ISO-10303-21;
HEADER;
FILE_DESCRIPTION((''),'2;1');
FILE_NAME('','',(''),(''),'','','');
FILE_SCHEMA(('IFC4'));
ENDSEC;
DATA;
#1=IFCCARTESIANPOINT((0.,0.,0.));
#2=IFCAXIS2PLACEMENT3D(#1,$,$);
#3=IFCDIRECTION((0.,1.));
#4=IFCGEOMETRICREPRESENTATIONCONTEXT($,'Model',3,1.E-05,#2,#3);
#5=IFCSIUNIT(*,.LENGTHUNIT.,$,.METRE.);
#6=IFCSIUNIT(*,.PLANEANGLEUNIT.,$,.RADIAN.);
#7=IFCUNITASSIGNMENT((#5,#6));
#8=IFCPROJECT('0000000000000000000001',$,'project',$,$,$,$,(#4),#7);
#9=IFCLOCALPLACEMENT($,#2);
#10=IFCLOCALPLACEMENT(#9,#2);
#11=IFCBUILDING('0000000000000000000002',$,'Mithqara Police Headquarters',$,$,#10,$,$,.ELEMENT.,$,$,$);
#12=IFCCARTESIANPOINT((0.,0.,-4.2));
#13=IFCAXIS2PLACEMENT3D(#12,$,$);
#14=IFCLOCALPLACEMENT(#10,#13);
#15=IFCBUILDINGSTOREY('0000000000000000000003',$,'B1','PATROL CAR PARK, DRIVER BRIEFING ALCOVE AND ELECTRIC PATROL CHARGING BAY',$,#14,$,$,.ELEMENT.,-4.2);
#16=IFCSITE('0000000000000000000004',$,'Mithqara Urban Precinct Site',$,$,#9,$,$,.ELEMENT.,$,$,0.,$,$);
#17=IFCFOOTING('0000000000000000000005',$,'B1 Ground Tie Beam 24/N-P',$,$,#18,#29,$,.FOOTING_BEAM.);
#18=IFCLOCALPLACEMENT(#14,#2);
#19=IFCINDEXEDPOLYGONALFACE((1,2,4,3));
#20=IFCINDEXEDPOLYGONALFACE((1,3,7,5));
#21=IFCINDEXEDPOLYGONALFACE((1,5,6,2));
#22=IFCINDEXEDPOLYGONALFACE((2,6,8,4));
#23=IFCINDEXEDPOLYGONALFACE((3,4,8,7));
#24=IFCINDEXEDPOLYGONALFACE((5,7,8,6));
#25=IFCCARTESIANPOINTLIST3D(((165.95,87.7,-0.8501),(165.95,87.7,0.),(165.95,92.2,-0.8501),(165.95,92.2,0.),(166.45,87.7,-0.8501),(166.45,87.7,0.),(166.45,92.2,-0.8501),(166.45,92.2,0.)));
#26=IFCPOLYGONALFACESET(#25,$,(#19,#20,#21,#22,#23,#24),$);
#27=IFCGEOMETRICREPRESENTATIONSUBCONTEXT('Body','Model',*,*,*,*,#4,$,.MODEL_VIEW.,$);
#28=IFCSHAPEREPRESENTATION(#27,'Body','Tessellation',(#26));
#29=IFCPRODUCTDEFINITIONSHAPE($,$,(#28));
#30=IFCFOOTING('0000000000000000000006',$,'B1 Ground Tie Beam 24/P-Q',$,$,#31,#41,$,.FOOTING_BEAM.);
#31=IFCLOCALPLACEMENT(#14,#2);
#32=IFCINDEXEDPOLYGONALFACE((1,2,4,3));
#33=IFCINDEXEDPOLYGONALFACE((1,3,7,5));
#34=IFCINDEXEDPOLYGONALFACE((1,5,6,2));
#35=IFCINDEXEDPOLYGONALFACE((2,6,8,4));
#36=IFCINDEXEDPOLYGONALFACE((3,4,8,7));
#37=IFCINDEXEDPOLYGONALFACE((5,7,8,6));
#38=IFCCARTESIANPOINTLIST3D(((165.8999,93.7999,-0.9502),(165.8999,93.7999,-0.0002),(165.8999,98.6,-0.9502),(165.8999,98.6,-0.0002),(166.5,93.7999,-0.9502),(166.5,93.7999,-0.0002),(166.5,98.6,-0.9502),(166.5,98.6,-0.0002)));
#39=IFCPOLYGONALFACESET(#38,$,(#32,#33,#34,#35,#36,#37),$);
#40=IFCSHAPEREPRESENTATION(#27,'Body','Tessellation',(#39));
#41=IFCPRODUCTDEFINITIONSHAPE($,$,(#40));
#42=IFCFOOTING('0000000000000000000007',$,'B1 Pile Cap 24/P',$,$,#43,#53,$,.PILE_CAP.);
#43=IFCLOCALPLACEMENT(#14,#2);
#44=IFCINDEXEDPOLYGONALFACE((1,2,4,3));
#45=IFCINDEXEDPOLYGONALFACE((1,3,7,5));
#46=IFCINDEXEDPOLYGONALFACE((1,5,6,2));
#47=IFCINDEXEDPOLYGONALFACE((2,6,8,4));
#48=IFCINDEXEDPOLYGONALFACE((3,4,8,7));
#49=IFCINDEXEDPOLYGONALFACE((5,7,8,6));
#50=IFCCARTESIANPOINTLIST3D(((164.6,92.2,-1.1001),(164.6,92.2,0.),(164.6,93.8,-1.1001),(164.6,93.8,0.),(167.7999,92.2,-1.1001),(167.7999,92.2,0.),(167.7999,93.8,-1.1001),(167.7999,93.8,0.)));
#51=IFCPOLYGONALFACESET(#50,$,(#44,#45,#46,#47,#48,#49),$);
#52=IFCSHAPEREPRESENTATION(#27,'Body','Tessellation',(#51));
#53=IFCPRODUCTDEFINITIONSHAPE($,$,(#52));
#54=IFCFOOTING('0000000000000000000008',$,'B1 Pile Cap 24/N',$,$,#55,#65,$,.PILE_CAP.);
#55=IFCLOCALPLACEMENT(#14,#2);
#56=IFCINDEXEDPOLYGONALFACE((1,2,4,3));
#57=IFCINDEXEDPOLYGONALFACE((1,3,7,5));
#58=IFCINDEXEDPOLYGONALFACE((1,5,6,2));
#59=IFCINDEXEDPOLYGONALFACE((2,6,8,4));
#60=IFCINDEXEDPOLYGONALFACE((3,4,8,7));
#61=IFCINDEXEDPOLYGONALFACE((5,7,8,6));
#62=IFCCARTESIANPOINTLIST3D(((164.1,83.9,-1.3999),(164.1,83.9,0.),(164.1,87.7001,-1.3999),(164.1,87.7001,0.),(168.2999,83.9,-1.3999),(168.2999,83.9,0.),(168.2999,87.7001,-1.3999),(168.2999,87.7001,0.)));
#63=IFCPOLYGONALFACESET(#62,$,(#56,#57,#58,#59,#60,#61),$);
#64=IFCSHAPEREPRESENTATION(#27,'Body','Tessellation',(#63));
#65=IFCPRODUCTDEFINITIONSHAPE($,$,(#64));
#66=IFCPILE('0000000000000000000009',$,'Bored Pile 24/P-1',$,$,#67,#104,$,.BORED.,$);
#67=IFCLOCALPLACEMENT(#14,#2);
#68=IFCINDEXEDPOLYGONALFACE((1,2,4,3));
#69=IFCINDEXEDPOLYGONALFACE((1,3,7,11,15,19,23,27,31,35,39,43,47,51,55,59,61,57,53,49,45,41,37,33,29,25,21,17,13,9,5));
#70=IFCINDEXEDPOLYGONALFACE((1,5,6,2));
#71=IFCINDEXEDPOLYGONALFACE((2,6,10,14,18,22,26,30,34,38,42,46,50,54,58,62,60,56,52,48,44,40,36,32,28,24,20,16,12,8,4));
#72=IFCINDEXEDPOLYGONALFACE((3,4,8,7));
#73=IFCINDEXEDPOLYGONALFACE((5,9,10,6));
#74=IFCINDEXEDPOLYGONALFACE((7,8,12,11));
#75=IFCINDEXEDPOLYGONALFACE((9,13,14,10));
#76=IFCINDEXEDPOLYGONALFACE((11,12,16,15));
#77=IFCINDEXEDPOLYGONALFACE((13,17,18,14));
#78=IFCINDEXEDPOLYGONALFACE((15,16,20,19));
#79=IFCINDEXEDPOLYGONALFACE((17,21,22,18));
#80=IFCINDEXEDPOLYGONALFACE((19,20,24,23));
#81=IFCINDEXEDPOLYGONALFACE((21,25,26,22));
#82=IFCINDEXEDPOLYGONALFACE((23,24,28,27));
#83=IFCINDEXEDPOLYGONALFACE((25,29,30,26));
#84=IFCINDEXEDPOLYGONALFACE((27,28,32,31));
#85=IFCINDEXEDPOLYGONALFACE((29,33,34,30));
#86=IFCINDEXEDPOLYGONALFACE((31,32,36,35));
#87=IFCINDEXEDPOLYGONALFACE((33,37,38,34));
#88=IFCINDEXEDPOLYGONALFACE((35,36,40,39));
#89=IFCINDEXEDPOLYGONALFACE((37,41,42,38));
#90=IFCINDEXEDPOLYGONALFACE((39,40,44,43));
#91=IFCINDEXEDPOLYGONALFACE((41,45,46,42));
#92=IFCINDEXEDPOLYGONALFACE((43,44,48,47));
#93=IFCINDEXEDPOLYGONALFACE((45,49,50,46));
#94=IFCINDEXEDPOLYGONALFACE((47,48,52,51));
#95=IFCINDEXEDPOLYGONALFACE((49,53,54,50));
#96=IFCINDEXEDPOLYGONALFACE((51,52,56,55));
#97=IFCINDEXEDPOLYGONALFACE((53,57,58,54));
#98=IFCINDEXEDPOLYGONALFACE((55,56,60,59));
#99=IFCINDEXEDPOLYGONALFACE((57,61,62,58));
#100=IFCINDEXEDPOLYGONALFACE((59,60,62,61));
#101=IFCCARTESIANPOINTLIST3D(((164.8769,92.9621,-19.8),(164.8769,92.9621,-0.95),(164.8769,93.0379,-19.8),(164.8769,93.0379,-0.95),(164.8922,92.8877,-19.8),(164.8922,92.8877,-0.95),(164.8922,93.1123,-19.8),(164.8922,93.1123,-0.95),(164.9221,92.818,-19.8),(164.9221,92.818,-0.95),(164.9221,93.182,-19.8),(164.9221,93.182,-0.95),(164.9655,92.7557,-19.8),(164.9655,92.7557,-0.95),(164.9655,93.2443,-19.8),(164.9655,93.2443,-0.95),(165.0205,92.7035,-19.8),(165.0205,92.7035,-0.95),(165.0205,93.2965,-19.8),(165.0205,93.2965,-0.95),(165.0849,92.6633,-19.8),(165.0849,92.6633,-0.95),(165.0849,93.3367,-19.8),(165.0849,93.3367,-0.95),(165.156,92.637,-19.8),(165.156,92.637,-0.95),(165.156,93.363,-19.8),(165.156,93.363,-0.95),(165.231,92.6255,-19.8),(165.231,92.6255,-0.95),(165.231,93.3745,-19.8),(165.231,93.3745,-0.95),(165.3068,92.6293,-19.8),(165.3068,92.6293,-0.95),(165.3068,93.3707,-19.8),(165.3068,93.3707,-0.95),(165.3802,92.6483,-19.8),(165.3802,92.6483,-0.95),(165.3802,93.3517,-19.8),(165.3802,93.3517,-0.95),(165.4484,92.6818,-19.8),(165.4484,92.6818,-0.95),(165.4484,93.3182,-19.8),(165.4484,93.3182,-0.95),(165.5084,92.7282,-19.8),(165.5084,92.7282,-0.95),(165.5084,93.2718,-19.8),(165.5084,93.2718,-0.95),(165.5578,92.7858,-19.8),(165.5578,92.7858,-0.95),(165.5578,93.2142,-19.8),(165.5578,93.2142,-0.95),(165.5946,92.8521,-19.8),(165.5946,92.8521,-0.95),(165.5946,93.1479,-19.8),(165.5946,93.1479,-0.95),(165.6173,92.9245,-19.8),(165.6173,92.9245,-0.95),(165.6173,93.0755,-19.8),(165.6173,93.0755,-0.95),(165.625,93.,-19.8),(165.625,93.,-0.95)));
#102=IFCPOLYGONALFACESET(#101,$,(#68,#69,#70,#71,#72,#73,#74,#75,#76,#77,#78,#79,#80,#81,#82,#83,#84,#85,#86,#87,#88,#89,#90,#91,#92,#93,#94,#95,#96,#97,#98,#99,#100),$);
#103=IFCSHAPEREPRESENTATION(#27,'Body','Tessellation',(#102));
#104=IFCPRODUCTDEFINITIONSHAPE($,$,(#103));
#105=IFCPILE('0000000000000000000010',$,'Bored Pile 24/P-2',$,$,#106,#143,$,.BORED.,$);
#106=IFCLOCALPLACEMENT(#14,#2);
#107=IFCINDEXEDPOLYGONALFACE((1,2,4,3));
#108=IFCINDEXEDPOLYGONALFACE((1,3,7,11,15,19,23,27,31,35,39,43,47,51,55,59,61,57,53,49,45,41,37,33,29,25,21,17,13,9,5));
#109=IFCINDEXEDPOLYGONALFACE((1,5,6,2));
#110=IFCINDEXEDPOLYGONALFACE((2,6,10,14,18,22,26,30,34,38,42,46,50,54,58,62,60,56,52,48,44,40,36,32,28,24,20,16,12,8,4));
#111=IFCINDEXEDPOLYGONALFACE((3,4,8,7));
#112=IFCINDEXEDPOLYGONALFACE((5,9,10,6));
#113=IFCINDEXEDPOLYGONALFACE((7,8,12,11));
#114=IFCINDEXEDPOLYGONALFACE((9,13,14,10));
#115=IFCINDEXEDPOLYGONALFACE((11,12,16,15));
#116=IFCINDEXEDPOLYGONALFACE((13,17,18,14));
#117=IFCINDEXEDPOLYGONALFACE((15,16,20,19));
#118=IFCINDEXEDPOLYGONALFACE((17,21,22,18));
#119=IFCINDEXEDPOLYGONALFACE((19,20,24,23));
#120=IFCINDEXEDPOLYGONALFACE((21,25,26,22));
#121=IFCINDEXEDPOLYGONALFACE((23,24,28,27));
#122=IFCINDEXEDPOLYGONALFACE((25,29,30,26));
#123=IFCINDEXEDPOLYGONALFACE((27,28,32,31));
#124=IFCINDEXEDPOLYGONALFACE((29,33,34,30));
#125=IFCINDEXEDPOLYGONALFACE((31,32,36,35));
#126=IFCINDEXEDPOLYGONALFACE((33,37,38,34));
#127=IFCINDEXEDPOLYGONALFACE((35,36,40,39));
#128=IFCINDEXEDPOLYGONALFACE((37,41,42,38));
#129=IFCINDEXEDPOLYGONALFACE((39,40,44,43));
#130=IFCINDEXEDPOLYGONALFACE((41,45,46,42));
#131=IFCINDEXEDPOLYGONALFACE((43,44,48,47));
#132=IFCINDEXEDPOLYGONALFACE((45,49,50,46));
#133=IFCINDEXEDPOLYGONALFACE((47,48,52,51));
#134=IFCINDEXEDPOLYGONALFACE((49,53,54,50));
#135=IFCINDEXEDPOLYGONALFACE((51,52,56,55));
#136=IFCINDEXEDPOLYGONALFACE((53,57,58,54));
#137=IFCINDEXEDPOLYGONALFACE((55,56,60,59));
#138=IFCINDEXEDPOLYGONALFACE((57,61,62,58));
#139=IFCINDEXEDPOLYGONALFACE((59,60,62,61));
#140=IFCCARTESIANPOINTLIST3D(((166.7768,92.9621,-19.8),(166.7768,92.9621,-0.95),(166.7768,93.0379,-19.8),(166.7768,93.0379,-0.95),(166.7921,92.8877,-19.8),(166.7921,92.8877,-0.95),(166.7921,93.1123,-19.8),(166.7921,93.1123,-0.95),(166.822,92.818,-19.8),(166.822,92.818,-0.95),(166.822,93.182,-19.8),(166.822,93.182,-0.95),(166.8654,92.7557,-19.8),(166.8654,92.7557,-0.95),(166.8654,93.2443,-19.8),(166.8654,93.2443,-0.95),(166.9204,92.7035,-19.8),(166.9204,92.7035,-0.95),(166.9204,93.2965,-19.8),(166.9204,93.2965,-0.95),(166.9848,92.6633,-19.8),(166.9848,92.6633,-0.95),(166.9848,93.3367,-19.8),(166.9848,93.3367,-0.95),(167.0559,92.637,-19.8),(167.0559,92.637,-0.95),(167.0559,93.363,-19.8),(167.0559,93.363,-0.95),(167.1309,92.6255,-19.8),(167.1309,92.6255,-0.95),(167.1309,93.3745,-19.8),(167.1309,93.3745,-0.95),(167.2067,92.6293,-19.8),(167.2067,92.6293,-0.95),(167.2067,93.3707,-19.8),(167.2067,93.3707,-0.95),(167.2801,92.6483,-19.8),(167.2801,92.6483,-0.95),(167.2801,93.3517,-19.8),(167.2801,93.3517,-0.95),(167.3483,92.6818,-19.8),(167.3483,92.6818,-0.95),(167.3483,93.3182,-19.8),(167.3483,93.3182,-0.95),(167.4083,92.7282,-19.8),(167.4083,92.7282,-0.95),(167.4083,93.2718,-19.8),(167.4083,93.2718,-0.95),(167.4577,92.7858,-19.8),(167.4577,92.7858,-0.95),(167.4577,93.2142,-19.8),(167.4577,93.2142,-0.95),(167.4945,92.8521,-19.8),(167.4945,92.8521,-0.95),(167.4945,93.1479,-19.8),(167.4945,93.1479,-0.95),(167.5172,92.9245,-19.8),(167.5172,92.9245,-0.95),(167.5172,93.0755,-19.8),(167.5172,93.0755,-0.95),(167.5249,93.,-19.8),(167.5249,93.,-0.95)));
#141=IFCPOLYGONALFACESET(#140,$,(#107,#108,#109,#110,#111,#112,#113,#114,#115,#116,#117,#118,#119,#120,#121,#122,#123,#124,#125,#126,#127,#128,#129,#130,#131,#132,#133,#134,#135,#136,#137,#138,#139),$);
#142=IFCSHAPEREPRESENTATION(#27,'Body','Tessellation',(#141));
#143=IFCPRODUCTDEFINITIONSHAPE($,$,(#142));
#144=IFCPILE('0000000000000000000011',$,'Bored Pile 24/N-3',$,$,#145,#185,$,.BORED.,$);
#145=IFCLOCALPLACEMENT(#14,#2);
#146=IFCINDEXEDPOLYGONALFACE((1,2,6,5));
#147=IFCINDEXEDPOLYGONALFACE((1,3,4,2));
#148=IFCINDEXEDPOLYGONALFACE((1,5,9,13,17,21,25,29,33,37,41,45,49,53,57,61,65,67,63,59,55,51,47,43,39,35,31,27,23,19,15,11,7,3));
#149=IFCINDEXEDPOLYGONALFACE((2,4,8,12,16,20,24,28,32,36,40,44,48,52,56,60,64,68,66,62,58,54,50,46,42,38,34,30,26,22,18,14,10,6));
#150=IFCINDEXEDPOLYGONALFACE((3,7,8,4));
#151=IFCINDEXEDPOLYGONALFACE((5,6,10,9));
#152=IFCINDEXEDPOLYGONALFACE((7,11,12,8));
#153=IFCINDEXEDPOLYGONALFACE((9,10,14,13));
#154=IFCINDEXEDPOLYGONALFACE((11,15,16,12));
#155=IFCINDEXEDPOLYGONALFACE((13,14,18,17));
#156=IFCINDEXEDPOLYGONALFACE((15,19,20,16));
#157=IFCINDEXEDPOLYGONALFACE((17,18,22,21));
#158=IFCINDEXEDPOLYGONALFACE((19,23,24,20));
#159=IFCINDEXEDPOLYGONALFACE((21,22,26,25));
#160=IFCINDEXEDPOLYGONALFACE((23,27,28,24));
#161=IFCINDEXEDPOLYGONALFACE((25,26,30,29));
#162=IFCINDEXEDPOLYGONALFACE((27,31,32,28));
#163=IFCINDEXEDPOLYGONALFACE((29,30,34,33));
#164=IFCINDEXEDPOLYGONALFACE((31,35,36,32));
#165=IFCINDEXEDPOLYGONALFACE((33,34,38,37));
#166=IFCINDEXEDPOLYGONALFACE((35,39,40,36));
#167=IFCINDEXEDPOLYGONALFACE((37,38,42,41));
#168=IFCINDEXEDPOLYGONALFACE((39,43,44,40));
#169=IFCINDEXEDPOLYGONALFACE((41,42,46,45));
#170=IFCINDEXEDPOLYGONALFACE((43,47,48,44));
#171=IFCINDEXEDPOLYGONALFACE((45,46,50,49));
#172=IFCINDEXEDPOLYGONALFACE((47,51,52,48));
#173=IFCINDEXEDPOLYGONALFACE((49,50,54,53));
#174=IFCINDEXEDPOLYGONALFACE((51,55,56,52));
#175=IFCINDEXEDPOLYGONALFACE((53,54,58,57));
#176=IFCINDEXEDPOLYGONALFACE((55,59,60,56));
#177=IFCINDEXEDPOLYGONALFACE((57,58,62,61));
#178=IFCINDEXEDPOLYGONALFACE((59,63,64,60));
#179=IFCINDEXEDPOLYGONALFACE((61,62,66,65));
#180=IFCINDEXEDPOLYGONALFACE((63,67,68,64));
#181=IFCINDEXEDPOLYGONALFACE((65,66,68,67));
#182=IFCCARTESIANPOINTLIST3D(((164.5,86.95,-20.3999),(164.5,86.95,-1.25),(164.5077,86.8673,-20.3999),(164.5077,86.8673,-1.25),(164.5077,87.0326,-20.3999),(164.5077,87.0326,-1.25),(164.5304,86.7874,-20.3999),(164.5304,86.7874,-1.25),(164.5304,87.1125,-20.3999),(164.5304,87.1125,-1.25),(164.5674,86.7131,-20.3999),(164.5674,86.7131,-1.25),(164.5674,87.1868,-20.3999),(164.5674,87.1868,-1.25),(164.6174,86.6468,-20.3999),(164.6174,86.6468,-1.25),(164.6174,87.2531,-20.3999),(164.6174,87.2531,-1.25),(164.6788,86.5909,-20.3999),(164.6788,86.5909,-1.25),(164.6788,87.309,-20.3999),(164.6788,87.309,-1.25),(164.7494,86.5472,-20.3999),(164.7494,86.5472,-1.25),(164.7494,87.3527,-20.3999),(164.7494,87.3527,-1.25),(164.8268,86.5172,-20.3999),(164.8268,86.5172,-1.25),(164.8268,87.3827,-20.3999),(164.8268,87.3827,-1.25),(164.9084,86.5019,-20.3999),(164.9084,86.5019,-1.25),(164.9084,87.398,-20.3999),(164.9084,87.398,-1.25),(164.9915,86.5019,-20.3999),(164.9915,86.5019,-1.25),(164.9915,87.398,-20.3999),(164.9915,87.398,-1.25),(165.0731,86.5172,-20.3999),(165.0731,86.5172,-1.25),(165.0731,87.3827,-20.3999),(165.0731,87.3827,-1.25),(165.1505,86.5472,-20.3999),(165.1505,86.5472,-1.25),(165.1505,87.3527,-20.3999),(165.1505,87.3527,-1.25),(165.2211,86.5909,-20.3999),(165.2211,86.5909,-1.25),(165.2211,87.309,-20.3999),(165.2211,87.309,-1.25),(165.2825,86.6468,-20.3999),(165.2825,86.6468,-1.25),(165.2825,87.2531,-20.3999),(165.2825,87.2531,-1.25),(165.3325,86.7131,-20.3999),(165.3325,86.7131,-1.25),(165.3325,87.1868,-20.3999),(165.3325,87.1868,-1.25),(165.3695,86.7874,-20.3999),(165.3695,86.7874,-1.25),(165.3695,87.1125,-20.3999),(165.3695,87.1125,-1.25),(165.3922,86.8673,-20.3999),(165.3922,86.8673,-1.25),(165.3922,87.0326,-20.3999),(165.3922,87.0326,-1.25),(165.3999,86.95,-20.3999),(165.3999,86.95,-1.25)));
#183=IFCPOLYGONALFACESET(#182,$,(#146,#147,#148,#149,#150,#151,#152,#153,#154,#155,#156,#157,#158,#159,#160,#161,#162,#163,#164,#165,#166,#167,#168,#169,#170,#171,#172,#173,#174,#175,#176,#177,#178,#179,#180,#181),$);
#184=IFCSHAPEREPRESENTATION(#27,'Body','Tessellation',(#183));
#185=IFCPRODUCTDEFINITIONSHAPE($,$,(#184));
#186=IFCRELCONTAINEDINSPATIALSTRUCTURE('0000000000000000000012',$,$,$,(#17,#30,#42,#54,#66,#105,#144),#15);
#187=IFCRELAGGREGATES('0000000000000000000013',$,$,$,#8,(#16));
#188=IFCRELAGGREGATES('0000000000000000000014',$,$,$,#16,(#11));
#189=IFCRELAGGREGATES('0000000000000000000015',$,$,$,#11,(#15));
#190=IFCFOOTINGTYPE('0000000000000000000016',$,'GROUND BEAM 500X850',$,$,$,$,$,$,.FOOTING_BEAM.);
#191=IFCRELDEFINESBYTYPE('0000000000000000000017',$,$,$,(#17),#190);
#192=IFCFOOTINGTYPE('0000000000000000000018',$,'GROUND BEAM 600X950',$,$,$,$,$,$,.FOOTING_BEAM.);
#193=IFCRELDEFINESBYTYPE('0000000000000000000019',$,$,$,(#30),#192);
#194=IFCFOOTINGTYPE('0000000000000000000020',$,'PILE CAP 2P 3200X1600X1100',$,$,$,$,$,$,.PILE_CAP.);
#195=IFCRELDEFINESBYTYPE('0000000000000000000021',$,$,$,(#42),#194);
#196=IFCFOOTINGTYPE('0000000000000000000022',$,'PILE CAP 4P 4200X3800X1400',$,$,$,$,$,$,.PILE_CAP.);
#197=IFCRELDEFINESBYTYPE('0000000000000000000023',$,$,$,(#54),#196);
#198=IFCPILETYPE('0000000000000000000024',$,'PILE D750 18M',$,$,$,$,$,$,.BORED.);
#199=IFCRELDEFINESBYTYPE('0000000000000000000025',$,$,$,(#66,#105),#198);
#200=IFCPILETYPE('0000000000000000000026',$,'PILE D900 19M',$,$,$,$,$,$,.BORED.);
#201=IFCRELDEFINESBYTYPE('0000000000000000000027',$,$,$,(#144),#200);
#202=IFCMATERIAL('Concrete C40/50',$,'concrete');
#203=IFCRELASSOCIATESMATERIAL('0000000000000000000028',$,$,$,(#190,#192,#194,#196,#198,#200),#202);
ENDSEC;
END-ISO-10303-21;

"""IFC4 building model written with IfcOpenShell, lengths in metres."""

from ifc_helpers import new_model, si_unit, direction, frame, origin, origin_2d, place, context, subcontext, project, spatial, rectangle, circle, extrude, material, material_profile, profile_set, type_object, element, save


model = new_model("IFC4")

# Units and contexts
model_context = context("Model", 3, precision=1e-05, world=origin(), true_north=direction((0.0, 1.0)))
body_context = subcontext(model_context, "Body", "Model", "MODEL_VIEW")
ifc_project = project(units=[si_unit("LENGTHUNIT", "METRE"), si_unit("PLANEANGLEUNIT", "RADIAN")], contexts=[model_context])

# Site, building, storey
site_placement = place(None, origin())
site = spatial("IfcSite", under=ifc_project, at=site_placement, Name="Mithqara Urban Precinct Site", CompositionType="ELEMENT", RefElevation=0.0)
building_placement = place(site_placement, origin())
building = spatial("IfcBuilding", under=site, at=building_placement, Name="Mithqara Police Headquarters", CompositionType="ELEMENT")
storey_placement = place(building_placement, frame((0.0, 0.0, -4.2)))
storey = spatial("IfcBuildingStorey", under=building, at=storey_placement, Name="B1", Description="PATROL CAR PARK, DRIVER BRIEFING ALCOVE AND ELECTRIC PATROL CHARGING BAY", CompositionType="ELEMENT", Elevation=-4.2)

# Footings
ifc_material_1 = material(Name="Concrete C40/50", Category="concrete")
footing_type_1 = type_object("IfcFootingType", Name="GROUND BEAM 500X850", PredefinedType="FOOTING_BEAM", material=ifc_material_1)
footing_1_placement = place(storey_placement, frame((166.2, 89.95, -0.8501), z_axis=(0.0, 0.0, 1.0), x_axis=(1.0, 0.0, 0.0)))
element("IfcFooting", 1, at=footing_1_placement, inside=storey, type_object=footing_type_1, Name="B1 Ground Tie Beam 24/N-P", PredefinedType="FOOTING_BEAM", context=body_context, shape_type="SweptSolid", body=[
    extrude(rectangle(XDim=0.5, YDim=4.5, at=origin_2d()), origin(), (0.0, 0.0, 1.0), 0.8501),
])
footing_type_2 = type_object("IfcFootingType", Name="GROUND BEAM 600X950", PredefinedType="FOOTING_BEAM", material=ifc_material_1)
footing_2_placement = place(storey_placement, frame((166.2, 96.2, -0.9502), z_axis=(0.0, 0.0, 1.0), x_axis=(1.0, 0.0, 0.0)))
element("IfcFooting", 2, at=footing_2_placement, inside=storey, type_object=footing_type_2, Name="B1 Ground Tie Beam 24/P-Q", PredefinedType="FOOTING_BEAM", context=body_context, shape_type="SweptSolid", body=[
    extrude(rectangle(XDim=0.6001, YDim=4.8, at=origin_2d()), origin(), (0.0, 0.0, 1.0), 0.95),
])
footing_type_3 = type_object("IfcFootingType", Name="PILE CAP 2P 3200X1600X1100", PredefinedType="PILE_CAP", material=ifc_material_1)
footing_3_placement = place(storey_placement, frame((166.2, 93.0, -1.1001), z_axis=(0.0, 0.0, 1.0), x_axis=(1.0, 0.0, 0.0)))
element("IfcFooting", 3, at=footing_3_placement, inside=storey, type_object=footing_type_3, Name="B1 Pile Cap 24/P", PredefinedType="PILE_CAP", context=body_context, shape_type="SweptSolid", body=[
    extrude(rectangle(XDim=3.2, YDim=1.6001, at=origin_2d()), origin(), (0.0, 0.0, 1.0), 1.1001),
])
footing_type_4 = type_object("IfcFootingType", Name="PILE CAP 4P 4200X3800X1400", PredefinedType="PILE_CAP", material=ifc_material_1)
footing_4_placement = place(storey_placement, frame((166.2, 85.8, -1.3999), z_axis=(0.0, 0.0, 1.0), x_axis=(1.0, 0.0, 0.0)))
element("IfcFooting", 4, at=footing_4_placement, inside=storey, type_object=footing_type_4, Name="B1 Pile Cap 24/N", PredefinedType="PILE_CAP", context=body_context, shape_type="SweptSolid", body=[
    extrude(rectangle(XDim=4.2, YDim=3.8, at=origin_2d()), origin(), (0.0, 0.0, 1.0), 1.3999),
])

# Piles
ifc_material_profile_1 = material_profile(ifc_material_1, circle(Radius=0.375, at=origin_2d()), Name="PILE D750")
ifc_profile_set_1 = profile_set([ifc_material_profile_1], Name="Concrete C40/50")
pile_type_1 = type_object("IfcPileType", Name="PILE D750 18M", PredefinedType="BORED", material=ifc_profile_set_1)
for number, where, z_axis, x_axis, name in (
    (5, (165.25, 93.0, -0.95), (0.0, 0.0, -1.0), (1.0, 0.0, 0.0), "Bored Pile 24/P-1"),
    (6, (167.1499, 93.0, -0.95), (0.0, 0.0, -1.0), (1.0, 0.0, 0.0), "Bored Pile 24/P-2"),
):
    element("IfcPile", number, at=place(storey_placement, frame(where, z_axis=z_axis, x_axis=x_axis)), inside=storey, type_object=pile_type_1, Name=name, PredefinedType="BORED", context=body_context, shape_type="SweptSolid", body=[
        extrude(circle(Radius=0.375, at=origin_2d()), origin(), (0.0, 0.0, 1.0), 18.8501),
    ])
ifc_material_profile_2 = material_profile(ifc_material_1, circle(Radius=0.45, at=origin_2d()), Name="PILE D900")
ifc_profile_set_2 = profile_set([ifc_material_profile_2], Name="Concrete C40/50")
pile_type_2 = type_object("IfcPileType", Name="PILE D900 19M", PredefinedType="BORED", material=ifc_profile_set_2)
for number, where, z_axis, x_axis, name in (
    (7, (164.95, 86.95, -1.25), (0.0, 0.0, -1.0), (1.0, 0.0, 0.0), "Bored Pile 24/N-3"),
):
    element("IfcPile", number, at=place(storey_placement, frame(where, z_axis=z_axis, x_axis=x_axis)), inside=storey, type_object=pile_type_2, Name=name, PredefinedType="BORED", context=body_context, shape_type="SweptSolid", body=[
        extrude(circle(Radius=0.45, at=origin_2d()), origin(), (0.0, 0.0, 1.0), 19.1499),
    ])

save(model, "model.ifc")
